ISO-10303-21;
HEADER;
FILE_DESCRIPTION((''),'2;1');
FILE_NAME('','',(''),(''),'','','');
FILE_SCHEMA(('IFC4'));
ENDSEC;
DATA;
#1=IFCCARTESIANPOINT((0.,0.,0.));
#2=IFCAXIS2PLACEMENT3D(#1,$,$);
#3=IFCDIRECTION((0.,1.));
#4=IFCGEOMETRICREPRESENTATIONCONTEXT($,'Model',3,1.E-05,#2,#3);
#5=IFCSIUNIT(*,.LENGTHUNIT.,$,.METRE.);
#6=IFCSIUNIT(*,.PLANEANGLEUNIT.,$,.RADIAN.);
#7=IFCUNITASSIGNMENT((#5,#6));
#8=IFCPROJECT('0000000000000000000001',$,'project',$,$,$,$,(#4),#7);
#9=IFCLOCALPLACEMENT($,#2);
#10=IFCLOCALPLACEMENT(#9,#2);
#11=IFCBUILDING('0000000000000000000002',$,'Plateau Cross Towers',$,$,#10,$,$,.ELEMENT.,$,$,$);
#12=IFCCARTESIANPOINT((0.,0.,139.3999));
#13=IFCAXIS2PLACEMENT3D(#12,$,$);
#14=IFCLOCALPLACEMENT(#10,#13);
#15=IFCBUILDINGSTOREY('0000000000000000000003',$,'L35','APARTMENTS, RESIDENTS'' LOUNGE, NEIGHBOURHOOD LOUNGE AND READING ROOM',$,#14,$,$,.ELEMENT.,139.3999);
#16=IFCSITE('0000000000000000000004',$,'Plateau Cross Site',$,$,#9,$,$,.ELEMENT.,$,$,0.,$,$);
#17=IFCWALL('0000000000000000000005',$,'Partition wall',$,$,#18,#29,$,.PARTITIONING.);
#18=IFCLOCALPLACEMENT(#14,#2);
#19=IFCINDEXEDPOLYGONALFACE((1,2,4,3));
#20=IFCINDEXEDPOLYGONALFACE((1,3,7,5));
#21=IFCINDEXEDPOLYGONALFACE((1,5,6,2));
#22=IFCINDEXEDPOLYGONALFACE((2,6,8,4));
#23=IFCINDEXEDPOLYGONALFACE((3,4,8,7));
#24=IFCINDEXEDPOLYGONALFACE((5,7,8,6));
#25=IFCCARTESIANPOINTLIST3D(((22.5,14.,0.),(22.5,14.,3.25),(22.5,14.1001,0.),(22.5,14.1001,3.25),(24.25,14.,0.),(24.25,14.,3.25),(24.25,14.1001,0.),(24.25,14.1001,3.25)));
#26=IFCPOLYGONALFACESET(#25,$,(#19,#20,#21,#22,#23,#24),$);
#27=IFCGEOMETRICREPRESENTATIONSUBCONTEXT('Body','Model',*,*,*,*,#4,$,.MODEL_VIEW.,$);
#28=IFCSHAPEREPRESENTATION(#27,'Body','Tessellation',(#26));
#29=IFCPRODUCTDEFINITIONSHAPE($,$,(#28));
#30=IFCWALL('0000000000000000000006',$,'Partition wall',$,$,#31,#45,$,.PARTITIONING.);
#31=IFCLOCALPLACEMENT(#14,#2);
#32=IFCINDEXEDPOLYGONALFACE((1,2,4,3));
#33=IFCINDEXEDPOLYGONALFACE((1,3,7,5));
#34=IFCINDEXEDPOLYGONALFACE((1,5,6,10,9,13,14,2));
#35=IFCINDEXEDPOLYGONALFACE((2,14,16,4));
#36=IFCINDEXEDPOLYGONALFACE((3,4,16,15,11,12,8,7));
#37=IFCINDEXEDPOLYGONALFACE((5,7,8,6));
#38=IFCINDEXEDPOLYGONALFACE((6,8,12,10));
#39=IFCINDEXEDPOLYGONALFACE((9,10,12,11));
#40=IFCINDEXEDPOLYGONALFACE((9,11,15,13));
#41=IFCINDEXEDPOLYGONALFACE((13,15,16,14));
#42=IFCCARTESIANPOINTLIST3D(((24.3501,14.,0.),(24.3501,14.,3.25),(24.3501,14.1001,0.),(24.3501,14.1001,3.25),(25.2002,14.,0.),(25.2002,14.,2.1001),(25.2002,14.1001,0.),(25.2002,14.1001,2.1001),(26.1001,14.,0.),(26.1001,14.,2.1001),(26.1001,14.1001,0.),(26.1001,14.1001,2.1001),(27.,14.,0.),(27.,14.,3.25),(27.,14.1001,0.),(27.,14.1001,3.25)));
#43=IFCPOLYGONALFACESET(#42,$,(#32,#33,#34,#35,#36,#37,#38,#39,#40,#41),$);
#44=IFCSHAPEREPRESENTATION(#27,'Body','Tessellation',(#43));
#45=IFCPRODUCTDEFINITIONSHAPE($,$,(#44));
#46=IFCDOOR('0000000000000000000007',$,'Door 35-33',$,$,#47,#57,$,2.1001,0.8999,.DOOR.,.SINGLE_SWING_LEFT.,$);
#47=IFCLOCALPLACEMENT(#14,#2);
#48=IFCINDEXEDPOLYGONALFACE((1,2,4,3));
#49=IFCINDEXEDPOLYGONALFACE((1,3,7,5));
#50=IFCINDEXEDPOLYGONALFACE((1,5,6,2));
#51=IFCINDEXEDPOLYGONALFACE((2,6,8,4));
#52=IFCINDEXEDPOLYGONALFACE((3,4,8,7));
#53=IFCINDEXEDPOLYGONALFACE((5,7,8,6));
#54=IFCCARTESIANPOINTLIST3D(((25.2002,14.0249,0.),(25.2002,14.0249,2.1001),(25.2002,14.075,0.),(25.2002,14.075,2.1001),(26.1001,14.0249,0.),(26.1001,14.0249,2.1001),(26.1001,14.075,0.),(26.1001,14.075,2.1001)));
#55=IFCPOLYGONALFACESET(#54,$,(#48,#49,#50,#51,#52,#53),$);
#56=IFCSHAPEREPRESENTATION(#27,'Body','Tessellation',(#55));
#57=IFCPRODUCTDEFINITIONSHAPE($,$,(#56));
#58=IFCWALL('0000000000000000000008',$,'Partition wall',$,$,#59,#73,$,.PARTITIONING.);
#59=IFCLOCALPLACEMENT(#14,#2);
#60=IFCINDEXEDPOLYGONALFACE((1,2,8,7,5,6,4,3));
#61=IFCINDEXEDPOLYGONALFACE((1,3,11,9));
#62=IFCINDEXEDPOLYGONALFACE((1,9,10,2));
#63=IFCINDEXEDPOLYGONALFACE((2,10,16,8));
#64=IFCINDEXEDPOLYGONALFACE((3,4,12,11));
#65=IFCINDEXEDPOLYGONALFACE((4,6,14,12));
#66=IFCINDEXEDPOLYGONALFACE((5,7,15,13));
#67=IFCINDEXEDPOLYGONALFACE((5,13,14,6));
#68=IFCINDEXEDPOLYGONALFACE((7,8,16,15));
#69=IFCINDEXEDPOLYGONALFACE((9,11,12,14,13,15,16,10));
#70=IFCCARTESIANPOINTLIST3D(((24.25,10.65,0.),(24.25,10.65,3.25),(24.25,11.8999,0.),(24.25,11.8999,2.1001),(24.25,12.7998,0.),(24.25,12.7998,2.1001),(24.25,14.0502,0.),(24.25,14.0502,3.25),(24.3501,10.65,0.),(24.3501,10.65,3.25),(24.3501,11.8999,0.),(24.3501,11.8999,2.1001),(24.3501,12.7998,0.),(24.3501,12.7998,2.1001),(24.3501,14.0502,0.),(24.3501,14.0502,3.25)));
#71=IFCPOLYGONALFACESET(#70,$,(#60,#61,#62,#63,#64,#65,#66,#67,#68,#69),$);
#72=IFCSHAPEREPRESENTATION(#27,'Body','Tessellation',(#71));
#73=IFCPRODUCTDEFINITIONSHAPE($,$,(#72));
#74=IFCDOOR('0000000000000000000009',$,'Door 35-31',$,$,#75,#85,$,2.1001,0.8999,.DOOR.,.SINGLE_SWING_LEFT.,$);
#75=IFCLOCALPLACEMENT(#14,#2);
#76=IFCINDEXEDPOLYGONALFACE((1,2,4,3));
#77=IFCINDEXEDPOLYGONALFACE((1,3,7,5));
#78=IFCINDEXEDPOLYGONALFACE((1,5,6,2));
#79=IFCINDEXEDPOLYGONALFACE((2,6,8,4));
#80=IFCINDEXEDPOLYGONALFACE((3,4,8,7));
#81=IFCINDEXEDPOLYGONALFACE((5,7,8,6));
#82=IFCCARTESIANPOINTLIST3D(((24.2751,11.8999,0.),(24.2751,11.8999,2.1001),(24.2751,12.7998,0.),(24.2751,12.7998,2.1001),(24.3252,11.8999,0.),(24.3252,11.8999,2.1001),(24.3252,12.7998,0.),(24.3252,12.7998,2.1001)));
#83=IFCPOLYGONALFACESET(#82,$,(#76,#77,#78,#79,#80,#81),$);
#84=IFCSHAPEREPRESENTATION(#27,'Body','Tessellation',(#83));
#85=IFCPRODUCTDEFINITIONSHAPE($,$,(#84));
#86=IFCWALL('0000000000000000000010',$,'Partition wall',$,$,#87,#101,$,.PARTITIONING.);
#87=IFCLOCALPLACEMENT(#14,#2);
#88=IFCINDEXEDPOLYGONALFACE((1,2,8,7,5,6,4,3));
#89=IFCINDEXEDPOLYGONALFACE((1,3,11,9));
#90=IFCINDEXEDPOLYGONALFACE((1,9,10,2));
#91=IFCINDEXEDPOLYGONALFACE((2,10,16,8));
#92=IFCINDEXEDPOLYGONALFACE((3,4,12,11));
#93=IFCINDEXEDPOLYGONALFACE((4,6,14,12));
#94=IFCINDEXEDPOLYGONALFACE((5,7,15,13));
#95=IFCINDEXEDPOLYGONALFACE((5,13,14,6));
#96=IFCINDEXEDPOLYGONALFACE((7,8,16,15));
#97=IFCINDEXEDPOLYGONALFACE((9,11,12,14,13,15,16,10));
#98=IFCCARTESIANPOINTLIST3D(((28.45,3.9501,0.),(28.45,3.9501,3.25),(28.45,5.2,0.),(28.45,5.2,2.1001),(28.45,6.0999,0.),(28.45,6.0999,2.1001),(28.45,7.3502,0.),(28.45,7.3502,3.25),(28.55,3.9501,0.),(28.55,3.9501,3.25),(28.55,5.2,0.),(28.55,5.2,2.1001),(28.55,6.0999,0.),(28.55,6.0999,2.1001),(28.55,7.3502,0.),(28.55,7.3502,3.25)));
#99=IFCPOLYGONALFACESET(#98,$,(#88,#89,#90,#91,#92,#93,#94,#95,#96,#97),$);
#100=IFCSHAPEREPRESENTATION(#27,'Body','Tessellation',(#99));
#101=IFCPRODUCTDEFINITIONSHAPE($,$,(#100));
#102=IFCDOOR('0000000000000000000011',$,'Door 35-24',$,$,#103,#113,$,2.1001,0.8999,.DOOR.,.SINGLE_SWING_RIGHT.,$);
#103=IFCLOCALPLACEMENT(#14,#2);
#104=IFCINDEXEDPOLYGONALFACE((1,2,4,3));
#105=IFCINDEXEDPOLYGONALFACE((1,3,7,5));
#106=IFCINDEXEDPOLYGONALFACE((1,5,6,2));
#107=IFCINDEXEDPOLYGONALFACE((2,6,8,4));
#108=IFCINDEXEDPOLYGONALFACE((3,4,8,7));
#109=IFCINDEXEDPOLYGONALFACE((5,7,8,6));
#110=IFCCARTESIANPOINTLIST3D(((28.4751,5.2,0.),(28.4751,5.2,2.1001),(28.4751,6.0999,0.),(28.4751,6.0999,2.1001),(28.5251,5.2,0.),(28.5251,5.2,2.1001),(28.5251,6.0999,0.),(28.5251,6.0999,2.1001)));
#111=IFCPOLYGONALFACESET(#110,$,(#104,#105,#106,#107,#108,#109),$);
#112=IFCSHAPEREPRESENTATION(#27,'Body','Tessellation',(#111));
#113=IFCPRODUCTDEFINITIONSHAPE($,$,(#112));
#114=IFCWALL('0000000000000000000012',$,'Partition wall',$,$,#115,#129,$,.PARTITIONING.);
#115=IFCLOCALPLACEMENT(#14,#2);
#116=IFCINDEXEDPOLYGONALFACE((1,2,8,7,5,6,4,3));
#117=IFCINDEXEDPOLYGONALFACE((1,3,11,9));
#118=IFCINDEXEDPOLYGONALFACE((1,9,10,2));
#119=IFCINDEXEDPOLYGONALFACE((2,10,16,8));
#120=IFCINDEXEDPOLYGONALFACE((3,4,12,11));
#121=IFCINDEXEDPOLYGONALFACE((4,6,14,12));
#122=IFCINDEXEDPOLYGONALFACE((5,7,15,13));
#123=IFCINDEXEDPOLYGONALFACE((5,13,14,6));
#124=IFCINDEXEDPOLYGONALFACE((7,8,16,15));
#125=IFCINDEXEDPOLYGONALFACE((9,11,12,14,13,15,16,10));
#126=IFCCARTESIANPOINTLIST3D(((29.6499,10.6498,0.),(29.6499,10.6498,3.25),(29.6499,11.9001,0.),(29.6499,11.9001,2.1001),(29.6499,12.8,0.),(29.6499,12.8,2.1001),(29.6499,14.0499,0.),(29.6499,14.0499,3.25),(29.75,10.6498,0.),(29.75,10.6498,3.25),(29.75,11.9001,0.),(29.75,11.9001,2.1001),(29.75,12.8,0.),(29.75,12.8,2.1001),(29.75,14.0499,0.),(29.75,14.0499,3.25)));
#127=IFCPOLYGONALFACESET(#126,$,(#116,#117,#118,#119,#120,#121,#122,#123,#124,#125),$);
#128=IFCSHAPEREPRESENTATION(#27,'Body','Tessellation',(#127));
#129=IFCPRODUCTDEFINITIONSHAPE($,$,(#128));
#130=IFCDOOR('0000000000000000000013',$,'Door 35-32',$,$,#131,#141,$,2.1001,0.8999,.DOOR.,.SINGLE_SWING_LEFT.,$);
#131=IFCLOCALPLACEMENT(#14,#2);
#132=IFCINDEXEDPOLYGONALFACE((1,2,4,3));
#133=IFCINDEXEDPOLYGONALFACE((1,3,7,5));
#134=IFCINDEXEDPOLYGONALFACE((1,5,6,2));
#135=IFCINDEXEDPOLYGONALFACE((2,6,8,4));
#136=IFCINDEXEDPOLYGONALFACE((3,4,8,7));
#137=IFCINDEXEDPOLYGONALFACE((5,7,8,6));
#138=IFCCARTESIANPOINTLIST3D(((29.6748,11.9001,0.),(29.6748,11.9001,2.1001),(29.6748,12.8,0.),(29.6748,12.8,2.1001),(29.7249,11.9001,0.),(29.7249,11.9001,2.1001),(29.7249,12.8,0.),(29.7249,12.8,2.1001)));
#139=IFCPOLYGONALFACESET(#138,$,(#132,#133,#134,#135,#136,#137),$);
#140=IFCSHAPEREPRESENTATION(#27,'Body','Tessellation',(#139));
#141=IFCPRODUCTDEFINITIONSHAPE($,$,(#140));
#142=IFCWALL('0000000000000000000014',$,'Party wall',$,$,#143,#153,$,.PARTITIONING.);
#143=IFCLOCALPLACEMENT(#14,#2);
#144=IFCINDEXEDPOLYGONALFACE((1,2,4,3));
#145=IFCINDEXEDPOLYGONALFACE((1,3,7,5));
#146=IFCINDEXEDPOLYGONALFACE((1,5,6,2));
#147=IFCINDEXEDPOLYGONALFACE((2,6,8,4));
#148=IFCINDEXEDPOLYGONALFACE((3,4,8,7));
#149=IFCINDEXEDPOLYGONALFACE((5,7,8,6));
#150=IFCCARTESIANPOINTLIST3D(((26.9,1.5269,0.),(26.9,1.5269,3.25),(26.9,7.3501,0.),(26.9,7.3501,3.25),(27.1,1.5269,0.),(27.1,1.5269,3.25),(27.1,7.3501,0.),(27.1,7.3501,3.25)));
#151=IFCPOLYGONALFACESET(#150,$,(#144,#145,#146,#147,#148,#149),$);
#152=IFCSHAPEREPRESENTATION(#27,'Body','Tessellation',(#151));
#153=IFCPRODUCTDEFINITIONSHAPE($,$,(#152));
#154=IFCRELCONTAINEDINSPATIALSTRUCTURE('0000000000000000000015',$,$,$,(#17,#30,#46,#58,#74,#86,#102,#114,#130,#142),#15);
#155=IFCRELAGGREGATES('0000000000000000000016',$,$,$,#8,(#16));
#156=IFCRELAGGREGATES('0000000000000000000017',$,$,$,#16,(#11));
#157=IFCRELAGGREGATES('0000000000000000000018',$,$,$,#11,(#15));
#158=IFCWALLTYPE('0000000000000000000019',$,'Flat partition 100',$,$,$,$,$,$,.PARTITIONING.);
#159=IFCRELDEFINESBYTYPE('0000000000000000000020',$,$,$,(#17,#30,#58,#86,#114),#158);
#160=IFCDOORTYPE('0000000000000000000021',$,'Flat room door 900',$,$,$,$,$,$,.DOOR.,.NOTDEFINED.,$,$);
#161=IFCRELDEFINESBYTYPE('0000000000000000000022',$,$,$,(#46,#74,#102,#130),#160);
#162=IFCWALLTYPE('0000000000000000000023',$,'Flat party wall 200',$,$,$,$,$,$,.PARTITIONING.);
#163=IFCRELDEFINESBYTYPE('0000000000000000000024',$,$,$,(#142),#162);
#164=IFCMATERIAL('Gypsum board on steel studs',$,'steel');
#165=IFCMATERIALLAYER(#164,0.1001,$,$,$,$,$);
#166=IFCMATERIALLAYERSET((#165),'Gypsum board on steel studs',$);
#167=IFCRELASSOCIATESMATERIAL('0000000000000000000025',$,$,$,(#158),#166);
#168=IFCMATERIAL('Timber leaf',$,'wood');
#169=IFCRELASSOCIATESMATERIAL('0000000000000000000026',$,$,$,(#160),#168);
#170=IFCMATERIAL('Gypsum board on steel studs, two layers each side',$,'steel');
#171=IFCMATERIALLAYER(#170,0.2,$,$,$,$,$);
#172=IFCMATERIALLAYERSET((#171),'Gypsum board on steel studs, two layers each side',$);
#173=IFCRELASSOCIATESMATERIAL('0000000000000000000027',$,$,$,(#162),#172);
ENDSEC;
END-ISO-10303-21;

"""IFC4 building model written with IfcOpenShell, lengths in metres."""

from ifc_helpers import new_model, si_unit, direction, frame, frame_2d, origin, place, context, subcontext, project, spatial, rectangle, extrude, material, layer, layer_set, type_object, element, fill, save


model = new_model("IFC4")

# Units and contexts
model_context = context("Model", 3, precision=1e-05, world=origin(), true_north=direction((0.0, 1.0)))
body_context = subcontext(model_context, "Body", "Model", "MODEL_VIEW")
ifc_project = project(units=[si_unit("LENGTHUNIT", "METRE"), si_unit("PLANEANGLEUNIT", "RADIAN")], contexts=[model_context])

# Site, building, storey
site_placement = place(None, origin())
site = spatial("IfcSite", under=ifc_project, at=site_placement, Name="Plateau Cross Site", CompositionType="ELEMENT", RefElevation=0.0)
building_placement = place(site_placement, origin())
building = spatial("IfcBuilding", under=site, at=building_placement, Name="Plateau Cross Towers", CompositionType="ELEMENT")
storey_placement = place(building_placement, frame((0.0, 0.0, 139.3999)))
storey = spatial("IfcBuildingStorey", under=building, at=storey_placement, Name="L35", Description="APARTMENTS, RESIDENTS' LOUNGE, NEIGHBOURHOOD LOUNGE AND READING ROOM", CompositionType="ELEMENT", Elevation=139.3999)

# Wall
ifc_material_1 = material(Name="Gypsum board on steel studs", Category="steel")
ifc_layer_1 = layer(ifc_material_1, 0.1001)
ifc_layer_set_1 = layer_set([ifc_layer_1], Name="Gypsum board on steel studs")
wall_type_1 = type_object("IfcWallType", Name="Flat partition 100", PredefinedType="PARTITIONING", material=ifc_layer_set_1)
wall_1_placement = place(storey_placement, frame((24.25, 14.05, 0.0), z_axis=(0.0, 0.0, 1.0), x_axis=(-1.0, 0.0, 0.0)))
element("IfcWall", 1, at=wall_1_placement, inside=storey, type_object=wall_type_1, Name="Partition wall", PredefinedType="PARTITIONING", context=body_context, shape_type="SweptSolid", body=[
    extrude(rectangle(XDim=1.75, YDim=0.1001, at=frame_2d((0.875, 0.0))), origin(), (0.0, 0.0, 1.0), 3.25),
])

# Walls, openings, doors
wall_2_placement = place(storey_placement, frame((24.3501, 14.05, 0.0), z_axis=(0.0, 0.0, 1.0), x_axis=(1.0, 0.0, 0.0)))
wall_2 = element("IfcWall", 2, at=wall_2_placement, inside=storey, type_object=wall_type_1, Name="Partition wall", PredefinedType="PARTITIONING", context=body_context, shape_type="SweptSolid", body=[
    extrude(rectangle(XDim=2.6499, YDim=0.1001, at=frame_2d((1.325, 0.0))), origin(), (0.0, 0.0, 1.0), 3.25),
])
opening_1_placement = place(wall_2_placement, frame((0.8501, 0.0, 0.0)))
opening_1 = element("IfcOpeningElement", 3, at=opening_1_placement, cuts=wall_2, PredefinedType="OPENING", context=body_context, shape_type="SweptSolid", body=[
    extrude(rectangle(XDim=0.8999, YDim=2.1001, at=frame_2d((0.45, 1.05))), frame((0.0, 0.0601, 0.0), z_axis=(0.0, -1.0, 0.0), x_axis=(1.0, 0.0, 0.0)), (0.0, 0.0, 1.0), 0.1201),
])
ifc_material_2 = material(Name="Timber leaf", Category="wood")
door_type_1 = type_object("IfcDoorType", Name="Flat room door 900", OperationType="NOTDEFINED", PredefinedType="DOOR", material=ifc_material_2)
door_1_placement = place(opening_1_placement, origin())
door_1 = element("IfcDoor", 4, at=door_1_placement, inside=storey, type_object=door_type_1, Name="Door 35-33", OperationType="SINGLE_SWING_LEFT", OverallHeight=2.1001, OverallWidth=0.8999, PredefinedType="DOOR", context=body_context, shape_type="SweptSolid", body=[
    extrude(rectangle(XDim=0.8999, YDim=2.1001, at=frame_2d((0.45, 1.05))), frame((0.0, 0.0249, 0.0), z_axis=(0.0, -1.0, 0.0), x_axis=(1.0, 0.0, 0.0)), (0.0, 0.0, 1.0), 0.05),
])
fill(opening_1, door_1)
wall_3_placement = place(storey_placement, frame((24.3, 10.6499, 0.0), z_axis=(0.0, 0.0, 1.0), x_axis=(0.0, 1.0, 0.0)))
wall_3 = element("IfcWall", 5, at=wall_3_placement, inside=storey, type_object=wall_type_1, Name="Partition wall", PredefinedType="PARTITIONING", context=body_context, shape_type="SweptSolid", body=[
    extrude(rectangle(XDim=3.4001, YDim=0.1001, at=frame_2d((1.7002, 0.0))), origin(), (0.0, 0.0, 1.0), 3.25),
])
opening_2_placement = place(wall_3_placement, frame((1.25, 0.0, 0.0)))
opening_2 = element("IfcOpeningElement", 6, at=opening_2_placement, cuts=wall_3, PredefinedType="OPENING", context=body_context, shape_type="SweptSolid", body=[
    extrude(rectangle(XDim=0.8999, YDim=2.1001, at=frame_2d((0.45, 1.05))), frame((0.0, 0.0601, 0.0), z_axis=(0.0, -1.0, 0.0), x_axis=(1.0, 0.0, 0.0)), (0.0, 0.0, 1.0), 0.1201),
])
door_2_placement = place(opening_2_placement, origin())
door_2 = element("IfcDoor", 7, at=door_2_placement, inside=storey, type_object=door_type_1, Name="Door 35-31", OperationType="SINGLE_SWING_LEFT", OverallHeight=2.1001, OverallWidth=0.8999, PredefinedType="DOOR", context=body_context, shape_type="SweptSolid", body=[
    extrude(rectangle(XDim=0.8999, YDim=2.1001, at=frame_2d((0.45, 1.05))), frame((0.0, 0.0249, 0.0), z_axis=(0.0, -1.0, 0.0), x_axis=(1.0, 0.0, 0.0)), (0.0, 0.0, 1.0), 0.05),
])
fill(opening_2, door_2)
wall_4_placement = place(storey_placement, frame((28.5, 3.95, 0.0), z_axis=(0.0, 0.0, 1.0), x_axis=(0.0, 1.0, 0.0)))
wall_4 = element("IfcWall", 8, at=wall_4_placement, inside=storey, type_object=wall_type_1, Name="Partition wall", PredefinedType="PARTITIONING", context=body_context, shape_type="SweptSolid", body=[
    extrude(rectangle(XDim=3.4001, YDim=0.1001, at=frame_2d((1.7002, 0.0))), origin(), (0.0, 0.0, 1.0), 3.25),
])
opening_3_placement = place(wall_4_placement, frame((1.25, 0.0, 0.0)))
opening_3 = element("IfcOpeningElement", 9, at=opening_3_placement, cuts=wall_4, PredefinedType="OPENING", context=body_context, shape_type="SweptSolid", body=[
    extrude(rectangle(XDim=0.8999, YDim=2.1001, at=frame_2d((0.45, 1.05))), frame((0.0, 0.0601, 0.0), z_axis=(0.0, -1.0, 0.0), x_axis=(1.0, 0.0, 0.0)), (0.0, 0.0, 1.0), 0.1201),
])
door_3_placement = place(opening_3_placement, origin())
door_3 = element("IfcDoor", 10, at=door_3_placement, inside=storey, type_object=door_type_1, Name="Door 35-24", OperationType="SINGLE_SWING_RIGHT", OverallHeight=2.1001, OverallWidth=0.8999, PredefinedType="DOOR", context=body_context, shape_type="SweptSolid", body=[
    extrude(rectangle(XDim=0.8999, YDim=2.1001, at=frame_2d((0.45, 1.05))), frame((0.0, 0.0249, 0.0), z_axis=(0.0, -1.0, 0.0), x_axis=(1.0, 0.0, 0.0)), (0.0, 0.0, 1.0), 0.05),
])
fill(opening_3, door_3)
wall_5_placement = place(storey_placement, frame((29.7, 14.05, 0.0), z_axis=(0.0, 0.0, 1.0), x_axis=(0.0, -1.0, 0.0)))
wall_5 = element("IfcWall", 11, at=wall_5_placement, inside=storey, type_object=wall_type_1, Name="Partition wall", PredefinedType="PARTITIONING", context=body_context, shape_type="SweptSolid", body=[
    extrude(rectangle(XDim=3.4001, YDim=0.1001, at=frame_2d((1.7002, 0.0))), origin(), (0.0, 0.0, 1.0), 3.25),
])
opening_4_placement = place(wall_5_placement, frame((1.25, 0.0, 0.0)))
opening_4 = element("IfcOpeningElement", 12, at=opening_4_placement, cuts=wall_5, PredefinedType="OPENING", context=body_context, shape_type="SweptSolid", body=[
    extrude(rectangle(XDim=0.8999, YDim=2.1001, at=frame_2d((0.45, 1.05))), frame((0.0, 0.0601, 0.0), z_axis=(0.0, -1.0, 0.0), x_axis=(1.0, 0.0, 0.0)), (0.0, 0.0, 1.0), 0.1201),
])
door_4_placement = place(opening_4_placement, origin())
door_4 = element("IfcDoor", 13, at=door_4_placement, inside=storey, type_object=door_type_1, Name="Door 35-32", OperationType="SINGLE_SWING_LEFT", OverallHeight=2.1001, OverallWidth=0.8999, PredefinedType="DOOR", context=body_context, shape_type="SweptSolid", body=[
    extrude(rectangle(XDim=0.8999, YDim=2.1001, at=frame_2d((0.45, 1.05))), frame((0.0, 0.0249, 0.0), z_axis=(0.0, -1.0, 0.0), x_axis=(1.0, 0.0, 0.0)), (0.0, 0.0, 1.0), 0.05),
])
fill(opening_4, door_4)

# Wall
ifc_material_3 = material(Name="Gypsum board on steel studs, two layers each side", Category="steel")
ifc_layer_2 = layer(ifc_material_3, 0.2)
ifc_layer_set_2 = layer_set([ifc_layer_2], Name="Gypsum board on steel studs, two layers each side")
wall_type_2 = type_object("IfcWallType", Name="Flat party wall 200", PredefinedType="PARTITIONING", material=ifc_layer_set_2)
wall_6_placement = place(storey_placement, frame((27.0, 1.5269, 0.0), z_axis=(0.0, 0.0, 1.0), x_axis=(0.0, 1.0, 0.0)))
element("IfcWall", 14, at=wall_6_placement, inside=storey, type_object=wall_type_2, Name="Party wall", PredefinedType="PARTITIONING", context=body_context, shape_type="SweptSolid", body=[
    extrude(rectangle(XDim=5.8232, YDim=0.2, at=frame_2d((2.9116, 0.0))), origin(), (0.0, 0.0, 1.0), 3.25),
])

save(model, "model.ifc")
